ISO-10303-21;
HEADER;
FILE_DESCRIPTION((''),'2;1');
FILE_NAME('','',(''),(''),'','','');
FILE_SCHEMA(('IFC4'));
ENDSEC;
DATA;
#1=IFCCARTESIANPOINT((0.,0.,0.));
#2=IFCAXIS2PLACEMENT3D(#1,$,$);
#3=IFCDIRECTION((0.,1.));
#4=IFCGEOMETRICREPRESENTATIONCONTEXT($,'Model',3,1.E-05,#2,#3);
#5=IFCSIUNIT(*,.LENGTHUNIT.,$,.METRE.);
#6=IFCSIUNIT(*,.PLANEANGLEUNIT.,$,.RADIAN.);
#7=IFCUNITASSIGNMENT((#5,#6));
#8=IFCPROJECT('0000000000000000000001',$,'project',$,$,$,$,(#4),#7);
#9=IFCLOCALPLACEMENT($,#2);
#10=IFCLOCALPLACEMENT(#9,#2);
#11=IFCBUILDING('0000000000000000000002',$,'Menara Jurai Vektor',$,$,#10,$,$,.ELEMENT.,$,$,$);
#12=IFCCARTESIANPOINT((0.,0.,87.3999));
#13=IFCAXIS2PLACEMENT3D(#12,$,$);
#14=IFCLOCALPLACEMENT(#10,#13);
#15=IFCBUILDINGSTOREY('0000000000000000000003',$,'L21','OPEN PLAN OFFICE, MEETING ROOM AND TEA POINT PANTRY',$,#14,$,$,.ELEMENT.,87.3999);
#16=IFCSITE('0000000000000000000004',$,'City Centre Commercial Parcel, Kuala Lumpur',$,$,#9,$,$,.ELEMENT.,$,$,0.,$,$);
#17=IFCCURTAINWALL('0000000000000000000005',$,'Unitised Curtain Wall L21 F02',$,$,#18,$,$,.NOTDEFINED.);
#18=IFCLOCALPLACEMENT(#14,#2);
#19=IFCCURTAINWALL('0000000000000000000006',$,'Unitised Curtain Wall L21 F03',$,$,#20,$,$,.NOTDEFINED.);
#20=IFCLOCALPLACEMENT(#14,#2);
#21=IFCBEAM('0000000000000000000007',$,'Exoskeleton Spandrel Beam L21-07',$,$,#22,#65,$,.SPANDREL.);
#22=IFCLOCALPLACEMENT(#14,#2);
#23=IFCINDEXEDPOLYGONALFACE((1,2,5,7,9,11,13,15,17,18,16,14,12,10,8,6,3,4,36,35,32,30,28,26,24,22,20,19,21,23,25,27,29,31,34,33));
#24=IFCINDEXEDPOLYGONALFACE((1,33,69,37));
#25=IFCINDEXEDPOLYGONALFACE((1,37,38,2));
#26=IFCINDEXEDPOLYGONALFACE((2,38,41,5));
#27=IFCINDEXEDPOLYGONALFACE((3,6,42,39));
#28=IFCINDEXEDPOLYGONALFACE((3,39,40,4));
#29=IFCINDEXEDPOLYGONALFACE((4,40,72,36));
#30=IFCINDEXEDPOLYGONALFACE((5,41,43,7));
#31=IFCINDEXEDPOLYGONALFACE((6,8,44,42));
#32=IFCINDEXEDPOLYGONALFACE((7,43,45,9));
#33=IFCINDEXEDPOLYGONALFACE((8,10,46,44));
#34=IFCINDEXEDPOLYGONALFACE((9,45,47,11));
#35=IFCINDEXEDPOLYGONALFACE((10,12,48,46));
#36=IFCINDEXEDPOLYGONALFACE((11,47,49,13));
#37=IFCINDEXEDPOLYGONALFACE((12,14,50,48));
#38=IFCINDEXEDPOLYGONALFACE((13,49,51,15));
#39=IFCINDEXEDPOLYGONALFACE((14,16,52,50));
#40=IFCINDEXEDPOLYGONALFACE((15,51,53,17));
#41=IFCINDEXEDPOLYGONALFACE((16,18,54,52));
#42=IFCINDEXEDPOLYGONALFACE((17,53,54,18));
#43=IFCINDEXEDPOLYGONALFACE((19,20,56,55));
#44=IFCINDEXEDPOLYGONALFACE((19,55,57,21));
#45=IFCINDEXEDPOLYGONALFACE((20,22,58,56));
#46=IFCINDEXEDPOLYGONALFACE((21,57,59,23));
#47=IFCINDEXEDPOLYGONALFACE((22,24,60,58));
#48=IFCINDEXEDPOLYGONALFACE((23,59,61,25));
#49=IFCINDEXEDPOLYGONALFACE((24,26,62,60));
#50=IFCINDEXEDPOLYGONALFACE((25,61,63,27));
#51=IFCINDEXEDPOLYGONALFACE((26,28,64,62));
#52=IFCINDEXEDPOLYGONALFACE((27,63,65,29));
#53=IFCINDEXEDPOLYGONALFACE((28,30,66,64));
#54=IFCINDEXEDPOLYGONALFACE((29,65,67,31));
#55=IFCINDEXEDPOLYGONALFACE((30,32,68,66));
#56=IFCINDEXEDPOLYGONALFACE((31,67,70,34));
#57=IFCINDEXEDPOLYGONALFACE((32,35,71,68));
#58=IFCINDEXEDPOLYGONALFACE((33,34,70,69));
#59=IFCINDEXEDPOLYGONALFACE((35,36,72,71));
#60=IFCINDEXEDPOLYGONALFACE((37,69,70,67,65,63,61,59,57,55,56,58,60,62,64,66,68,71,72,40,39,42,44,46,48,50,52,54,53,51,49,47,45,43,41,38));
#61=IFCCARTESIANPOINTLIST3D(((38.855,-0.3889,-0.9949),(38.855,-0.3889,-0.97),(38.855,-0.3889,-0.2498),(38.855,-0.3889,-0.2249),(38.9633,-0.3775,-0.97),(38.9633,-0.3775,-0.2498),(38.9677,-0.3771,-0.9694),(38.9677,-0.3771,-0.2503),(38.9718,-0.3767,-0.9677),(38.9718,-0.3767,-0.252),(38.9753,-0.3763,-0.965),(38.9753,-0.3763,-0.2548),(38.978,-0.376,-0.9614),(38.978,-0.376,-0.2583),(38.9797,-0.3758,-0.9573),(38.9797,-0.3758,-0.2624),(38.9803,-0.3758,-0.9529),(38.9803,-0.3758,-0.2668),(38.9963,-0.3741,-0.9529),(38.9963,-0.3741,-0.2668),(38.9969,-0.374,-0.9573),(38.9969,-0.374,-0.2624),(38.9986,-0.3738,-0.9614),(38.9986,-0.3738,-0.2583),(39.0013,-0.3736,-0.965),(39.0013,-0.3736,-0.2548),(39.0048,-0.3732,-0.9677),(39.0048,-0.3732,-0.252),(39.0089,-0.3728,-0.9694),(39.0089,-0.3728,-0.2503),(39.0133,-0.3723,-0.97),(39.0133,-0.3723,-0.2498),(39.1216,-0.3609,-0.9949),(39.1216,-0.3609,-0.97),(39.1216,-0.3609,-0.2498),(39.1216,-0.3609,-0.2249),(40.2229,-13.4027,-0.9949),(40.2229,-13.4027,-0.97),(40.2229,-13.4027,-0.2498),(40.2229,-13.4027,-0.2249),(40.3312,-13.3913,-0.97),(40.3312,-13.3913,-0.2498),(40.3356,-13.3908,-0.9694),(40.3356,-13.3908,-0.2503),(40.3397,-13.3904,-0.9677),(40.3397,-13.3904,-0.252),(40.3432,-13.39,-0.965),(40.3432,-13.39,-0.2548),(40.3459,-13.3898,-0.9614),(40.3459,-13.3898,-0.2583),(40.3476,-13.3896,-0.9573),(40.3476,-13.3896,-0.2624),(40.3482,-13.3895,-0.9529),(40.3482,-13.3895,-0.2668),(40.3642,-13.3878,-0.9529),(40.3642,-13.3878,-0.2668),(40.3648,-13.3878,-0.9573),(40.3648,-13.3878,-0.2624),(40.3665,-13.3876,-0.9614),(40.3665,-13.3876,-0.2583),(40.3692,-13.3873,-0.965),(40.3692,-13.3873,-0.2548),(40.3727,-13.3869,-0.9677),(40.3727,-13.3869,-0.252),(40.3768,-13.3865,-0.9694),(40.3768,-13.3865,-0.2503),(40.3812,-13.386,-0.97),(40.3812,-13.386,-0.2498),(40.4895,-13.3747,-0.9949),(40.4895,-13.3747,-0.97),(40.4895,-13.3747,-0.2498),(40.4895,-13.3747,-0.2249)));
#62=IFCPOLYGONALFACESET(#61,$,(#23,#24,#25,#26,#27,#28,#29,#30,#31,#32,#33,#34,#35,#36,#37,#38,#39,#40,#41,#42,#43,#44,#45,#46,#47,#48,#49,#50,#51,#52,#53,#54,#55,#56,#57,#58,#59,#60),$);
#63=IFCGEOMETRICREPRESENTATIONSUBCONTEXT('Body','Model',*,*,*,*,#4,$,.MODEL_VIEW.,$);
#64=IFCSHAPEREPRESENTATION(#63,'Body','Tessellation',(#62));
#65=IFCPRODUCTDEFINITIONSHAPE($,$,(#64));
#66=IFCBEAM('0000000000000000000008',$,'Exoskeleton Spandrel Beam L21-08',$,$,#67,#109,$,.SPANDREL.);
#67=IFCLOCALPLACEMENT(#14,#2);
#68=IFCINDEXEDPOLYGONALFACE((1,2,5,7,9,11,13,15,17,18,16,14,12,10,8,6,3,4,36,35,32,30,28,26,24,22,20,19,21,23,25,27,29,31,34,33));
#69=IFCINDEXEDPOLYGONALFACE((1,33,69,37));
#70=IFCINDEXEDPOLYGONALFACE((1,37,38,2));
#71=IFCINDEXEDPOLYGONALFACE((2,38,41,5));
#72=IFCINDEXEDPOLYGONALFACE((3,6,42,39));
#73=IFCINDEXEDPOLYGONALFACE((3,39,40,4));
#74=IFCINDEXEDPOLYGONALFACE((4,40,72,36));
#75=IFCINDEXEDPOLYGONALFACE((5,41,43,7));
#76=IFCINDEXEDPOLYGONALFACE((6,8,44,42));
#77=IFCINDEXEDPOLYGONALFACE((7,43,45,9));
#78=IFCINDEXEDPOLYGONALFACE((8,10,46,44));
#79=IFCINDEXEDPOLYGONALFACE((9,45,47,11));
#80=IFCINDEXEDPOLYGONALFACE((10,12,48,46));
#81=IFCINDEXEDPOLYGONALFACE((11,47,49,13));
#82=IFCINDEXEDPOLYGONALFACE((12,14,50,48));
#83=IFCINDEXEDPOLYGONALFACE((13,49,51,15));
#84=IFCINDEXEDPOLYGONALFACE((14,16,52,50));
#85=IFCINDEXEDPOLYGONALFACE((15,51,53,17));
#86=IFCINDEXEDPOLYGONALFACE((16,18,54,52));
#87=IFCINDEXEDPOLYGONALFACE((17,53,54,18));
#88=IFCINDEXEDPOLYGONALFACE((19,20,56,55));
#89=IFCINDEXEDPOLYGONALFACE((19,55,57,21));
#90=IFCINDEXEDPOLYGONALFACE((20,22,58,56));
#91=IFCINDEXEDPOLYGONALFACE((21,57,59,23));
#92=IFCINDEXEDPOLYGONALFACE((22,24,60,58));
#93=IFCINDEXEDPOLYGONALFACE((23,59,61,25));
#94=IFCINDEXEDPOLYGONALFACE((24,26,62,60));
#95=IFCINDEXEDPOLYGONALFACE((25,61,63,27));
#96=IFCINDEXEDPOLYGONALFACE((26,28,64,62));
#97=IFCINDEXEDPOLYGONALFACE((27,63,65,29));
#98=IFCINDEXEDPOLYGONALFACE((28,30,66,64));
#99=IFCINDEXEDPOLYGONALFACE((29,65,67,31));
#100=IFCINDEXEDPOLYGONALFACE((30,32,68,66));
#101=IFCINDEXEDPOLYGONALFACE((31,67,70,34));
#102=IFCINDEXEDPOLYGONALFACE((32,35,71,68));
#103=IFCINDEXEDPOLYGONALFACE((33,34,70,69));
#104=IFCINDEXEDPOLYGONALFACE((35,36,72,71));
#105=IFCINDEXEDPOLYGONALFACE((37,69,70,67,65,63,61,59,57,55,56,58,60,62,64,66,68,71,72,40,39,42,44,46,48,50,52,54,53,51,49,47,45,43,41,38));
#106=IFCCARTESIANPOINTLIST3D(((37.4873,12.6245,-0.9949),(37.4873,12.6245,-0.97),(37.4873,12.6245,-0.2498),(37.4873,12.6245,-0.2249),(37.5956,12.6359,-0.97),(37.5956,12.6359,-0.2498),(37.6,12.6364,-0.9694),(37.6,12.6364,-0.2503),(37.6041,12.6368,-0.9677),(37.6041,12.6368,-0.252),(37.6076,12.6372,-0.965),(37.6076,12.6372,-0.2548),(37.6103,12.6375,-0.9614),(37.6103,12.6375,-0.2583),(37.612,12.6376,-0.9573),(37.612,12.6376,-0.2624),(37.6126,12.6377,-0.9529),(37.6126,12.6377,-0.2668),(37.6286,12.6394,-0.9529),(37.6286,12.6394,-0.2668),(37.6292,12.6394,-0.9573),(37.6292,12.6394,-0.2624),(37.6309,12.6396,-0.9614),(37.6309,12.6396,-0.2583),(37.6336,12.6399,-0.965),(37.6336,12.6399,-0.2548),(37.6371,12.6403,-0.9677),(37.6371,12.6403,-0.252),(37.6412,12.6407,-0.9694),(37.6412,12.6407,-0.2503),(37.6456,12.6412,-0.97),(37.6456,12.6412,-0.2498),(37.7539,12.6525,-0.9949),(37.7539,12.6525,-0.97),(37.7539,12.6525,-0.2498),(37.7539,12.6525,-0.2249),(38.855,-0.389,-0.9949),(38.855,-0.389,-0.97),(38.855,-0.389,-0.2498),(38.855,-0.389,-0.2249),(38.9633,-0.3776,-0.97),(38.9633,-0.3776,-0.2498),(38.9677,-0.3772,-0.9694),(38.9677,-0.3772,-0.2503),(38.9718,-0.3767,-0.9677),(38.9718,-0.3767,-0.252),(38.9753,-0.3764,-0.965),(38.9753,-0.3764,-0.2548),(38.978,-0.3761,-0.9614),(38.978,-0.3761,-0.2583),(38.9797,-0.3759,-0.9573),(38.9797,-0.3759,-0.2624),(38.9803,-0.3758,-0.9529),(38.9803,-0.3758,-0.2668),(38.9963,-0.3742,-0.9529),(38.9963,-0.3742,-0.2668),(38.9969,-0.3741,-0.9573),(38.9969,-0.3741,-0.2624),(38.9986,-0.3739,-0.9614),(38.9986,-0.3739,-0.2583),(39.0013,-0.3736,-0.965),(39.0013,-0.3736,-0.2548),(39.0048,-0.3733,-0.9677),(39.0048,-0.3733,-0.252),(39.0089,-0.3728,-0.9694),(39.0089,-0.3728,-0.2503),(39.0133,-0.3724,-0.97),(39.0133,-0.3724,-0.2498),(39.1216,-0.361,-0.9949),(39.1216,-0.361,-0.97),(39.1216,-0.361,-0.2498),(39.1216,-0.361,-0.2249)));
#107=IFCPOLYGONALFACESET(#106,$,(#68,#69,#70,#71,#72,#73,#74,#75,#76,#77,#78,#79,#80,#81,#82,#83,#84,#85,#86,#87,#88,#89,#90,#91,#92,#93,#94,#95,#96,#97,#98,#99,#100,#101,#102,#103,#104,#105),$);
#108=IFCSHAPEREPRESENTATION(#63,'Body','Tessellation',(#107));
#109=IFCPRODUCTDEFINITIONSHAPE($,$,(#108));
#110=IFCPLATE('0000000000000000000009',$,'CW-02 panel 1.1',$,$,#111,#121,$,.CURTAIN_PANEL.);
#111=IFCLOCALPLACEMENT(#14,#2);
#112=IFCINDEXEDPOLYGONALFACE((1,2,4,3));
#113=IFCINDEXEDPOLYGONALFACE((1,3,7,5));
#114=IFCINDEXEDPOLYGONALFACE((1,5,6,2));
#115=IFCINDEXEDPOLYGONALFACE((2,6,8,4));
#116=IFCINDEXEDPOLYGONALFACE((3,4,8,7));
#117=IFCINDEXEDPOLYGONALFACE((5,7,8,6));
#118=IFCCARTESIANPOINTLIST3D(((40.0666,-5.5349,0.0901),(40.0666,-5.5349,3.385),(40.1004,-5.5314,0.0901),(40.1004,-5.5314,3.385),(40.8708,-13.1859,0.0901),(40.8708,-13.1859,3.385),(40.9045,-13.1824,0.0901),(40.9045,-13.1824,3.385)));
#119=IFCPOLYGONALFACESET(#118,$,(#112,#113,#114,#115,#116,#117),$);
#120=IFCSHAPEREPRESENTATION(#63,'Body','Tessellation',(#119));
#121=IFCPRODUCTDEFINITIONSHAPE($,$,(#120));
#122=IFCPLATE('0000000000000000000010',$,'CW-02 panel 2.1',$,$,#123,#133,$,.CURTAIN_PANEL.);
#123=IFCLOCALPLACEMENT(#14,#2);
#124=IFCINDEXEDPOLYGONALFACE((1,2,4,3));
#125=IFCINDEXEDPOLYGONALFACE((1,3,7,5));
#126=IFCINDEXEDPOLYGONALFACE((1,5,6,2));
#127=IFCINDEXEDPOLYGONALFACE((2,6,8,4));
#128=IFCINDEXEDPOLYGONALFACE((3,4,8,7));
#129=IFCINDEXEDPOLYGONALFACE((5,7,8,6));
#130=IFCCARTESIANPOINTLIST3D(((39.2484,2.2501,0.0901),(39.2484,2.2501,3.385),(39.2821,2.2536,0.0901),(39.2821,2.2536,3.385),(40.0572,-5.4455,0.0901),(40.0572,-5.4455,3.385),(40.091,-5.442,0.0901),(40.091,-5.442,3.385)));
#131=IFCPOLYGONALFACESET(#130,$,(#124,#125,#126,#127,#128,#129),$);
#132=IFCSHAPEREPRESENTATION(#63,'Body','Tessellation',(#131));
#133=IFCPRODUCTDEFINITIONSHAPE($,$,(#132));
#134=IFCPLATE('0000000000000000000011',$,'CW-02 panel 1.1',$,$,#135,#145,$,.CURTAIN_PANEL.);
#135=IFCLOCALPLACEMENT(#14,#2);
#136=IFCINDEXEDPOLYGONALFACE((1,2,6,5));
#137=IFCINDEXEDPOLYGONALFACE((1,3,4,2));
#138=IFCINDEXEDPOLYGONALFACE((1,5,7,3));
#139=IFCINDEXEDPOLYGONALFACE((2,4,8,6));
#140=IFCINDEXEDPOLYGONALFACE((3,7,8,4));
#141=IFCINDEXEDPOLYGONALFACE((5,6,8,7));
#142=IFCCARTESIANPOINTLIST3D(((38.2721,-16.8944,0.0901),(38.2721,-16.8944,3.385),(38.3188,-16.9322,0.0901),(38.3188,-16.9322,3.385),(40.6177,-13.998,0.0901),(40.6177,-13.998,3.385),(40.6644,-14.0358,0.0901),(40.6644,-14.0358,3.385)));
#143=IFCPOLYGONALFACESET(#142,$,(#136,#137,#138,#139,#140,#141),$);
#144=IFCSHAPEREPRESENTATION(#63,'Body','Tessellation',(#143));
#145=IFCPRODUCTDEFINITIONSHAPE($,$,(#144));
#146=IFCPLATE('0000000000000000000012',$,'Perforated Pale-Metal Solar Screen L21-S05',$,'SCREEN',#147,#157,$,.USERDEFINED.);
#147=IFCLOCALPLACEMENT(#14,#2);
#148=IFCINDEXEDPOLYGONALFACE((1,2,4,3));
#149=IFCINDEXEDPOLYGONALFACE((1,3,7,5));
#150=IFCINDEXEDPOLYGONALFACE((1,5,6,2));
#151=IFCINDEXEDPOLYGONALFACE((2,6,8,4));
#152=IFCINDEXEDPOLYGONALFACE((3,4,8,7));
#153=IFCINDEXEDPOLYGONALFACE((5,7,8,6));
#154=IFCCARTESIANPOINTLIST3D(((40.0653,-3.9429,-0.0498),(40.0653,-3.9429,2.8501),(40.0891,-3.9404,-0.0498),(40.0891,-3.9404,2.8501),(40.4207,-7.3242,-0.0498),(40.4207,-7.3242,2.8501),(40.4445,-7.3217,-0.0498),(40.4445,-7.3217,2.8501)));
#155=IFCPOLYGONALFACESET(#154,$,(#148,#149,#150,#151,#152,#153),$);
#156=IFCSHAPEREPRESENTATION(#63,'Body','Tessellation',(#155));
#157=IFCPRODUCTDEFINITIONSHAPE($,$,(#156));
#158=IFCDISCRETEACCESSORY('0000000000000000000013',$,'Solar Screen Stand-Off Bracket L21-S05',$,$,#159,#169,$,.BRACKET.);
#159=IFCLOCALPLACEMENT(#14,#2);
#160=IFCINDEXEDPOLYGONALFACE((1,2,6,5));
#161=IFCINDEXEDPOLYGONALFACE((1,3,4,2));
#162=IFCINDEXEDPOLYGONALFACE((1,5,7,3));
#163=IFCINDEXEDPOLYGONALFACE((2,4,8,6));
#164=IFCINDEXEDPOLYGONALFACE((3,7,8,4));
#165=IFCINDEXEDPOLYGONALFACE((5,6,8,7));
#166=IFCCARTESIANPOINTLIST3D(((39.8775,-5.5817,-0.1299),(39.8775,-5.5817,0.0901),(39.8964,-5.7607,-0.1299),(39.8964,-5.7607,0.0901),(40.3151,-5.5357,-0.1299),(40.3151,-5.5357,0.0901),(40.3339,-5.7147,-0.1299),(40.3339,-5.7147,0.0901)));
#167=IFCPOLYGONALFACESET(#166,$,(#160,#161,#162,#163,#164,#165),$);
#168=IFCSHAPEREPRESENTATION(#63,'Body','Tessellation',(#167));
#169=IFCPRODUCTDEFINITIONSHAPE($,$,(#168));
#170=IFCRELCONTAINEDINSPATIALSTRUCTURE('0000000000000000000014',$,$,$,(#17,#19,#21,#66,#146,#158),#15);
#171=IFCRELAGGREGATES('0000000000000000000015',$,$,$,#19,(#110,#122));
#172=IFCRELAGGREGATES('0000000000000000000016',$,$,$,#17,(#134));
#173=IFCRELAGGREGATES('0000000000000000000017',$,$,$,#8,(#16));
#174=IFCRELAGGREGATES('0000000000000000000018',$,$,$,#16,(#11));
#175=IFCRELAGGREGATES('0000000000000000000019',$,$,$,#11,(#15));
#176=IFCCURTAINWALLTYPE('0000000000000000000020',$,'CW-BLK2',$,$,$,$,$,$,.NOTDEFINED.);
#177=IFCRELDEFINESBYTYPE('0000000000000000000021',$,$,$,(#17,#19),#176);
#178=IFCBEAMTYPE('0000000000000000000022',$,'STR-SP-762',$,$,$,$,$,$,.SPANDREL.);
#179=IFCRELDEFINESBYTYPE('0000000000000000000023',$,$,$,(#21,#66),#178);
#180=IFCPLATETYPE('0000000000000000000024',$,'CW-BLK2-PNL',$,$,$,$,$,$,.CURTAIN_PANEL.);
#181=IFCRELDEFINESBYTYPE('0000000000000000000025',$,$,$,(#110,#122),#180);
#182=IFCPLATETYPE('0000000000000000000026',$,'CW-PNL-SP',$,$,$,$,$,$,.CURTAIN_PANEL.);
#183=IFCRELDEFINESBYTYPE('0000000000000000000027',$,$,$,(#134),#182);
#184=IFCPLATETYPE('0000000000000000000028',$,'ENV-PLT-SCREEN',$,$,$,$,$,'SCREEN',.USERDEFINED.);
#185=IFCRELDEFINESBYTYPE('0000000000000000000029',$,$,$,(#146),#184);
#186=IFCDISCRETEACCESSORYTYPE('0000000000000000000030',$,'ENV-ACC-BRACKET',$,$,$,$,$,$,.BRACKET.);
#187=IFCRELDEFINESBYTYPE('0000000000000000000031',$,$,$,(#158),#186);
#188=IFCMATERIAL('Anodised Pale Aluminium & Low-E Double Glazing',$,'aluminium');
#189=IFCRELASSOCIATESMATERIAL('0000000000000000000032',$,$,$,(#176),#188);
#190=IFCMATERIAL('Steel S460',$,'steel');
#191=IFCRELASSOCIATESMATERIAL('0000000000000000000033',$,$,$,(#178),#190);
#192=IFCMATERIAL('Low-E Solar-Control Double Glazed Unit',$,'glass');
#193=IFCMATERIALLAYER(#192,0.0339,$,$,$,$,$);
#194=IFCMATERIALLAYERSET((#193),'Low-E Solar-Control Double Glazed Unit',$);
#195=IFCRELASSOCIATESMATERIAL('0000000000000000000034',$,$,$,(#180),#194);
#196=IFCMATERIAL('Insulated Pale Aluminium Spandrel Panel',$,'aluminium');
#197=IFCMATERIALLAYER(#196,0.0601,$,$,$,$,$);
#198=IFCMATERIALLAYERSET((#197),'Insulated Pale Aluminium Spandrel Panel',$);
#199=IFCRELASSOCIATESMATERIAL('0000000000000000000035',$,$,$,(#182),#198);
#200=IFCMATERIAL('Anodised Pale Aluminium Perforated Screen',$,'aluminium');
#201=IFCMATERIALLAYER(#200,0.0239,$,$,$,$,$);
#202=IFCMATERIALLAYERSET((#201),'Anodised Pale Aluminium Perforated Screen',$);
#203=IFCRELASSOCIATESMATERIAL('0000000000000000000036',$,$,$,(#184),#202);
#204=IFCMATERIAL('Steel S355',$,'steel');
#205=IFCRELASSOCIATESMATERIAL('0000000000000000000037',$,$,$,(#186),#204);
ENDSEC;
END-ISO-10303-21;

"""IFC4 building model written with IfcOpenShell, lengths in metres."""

from ifc_helpers import new_model, si_unit, direction, frame, origin, origin_2d, place, context, subcontext, project, spatial, rectangle, i_section, extrude, material, layer, layer_set, material_profile, profile_set, type_object, element, aggregate, save


model = new_model("IFC4")

# Units and contexts
model_context = context("Model", 3, precision=1e-05, world=origin(), true_north=direction((0.0, 1.0)))
body_context = subcontext(model_context, "Body", "Model", "MODEL_VIEW")
ifc_project = project(units=[si_unit("LENGTHUNIT", "METRE"), si_unit("PLANEANGLEUNIT", "RADIAN")], contexts=[model_context])

# Site, building, storey
site_placement = place(None, origin())
site = spatial("IfcSite", under=ifc_project, at=site_placement, Name="City Centre Commercial Parcel, Kuala Lumpur", CompositionType="ELEMENT", RefElevation=0.0)
building_placement = place(site_placement, origin())
building = spatial("IfcBuilding", under=site, at=building_placement, Name="Menara Jurai Vektor", CompositionType="ELEMENT")
storey_placement = place(building_placement, frame((0.0, 0.0, 87.3999)))
storey = spatial("IfcBuildingStorey", under=building, at=storey_placement, Name="L21", Description="OPEN PLAN OFFICE, MEETING ROOM AND TEA POINT PANTRY", CompositionType="ELEMENT", Elevation=87.3999)

# Shared definitions
ifc_material_1 = material(Name="Steel S460", Category="steel")

# Curtain walls
ifc_material_2 = material(Name="Anodised Pale Aluminium & Low-E Double Glazing", Category="aluminium")
curtain_wall_type = type_object("IfcCurtainWallType", Name="CW-BLK2", PredefinedType="NOTDEFINED", material=ifc_material_2)
curtain_wall_1_placement = place(storey_placement, origin())
curtain_wall_1 = element("IfcCurtainWall", 1, at=curtain_wall_1_placement, inside=storey, type_object=curtain_wall_type, Name="Unitised Curtain Wall L21 F02", PredefinedType="NOTDEFINED")
curtain_wall_2_placement = place(storey_placement, origin())
curtain_wall_2 = element("IfcCurtainWall", 2, at=curtain_wall_2_placement, inside=storey, type_object=curtain_wall_type, Name="Unitised Curtain Wall L21 F03", PredefinedType="NOTDEFINED")

# Beams
ifc_material_3 = material(Name="Steel S355", Category="steel")
ifc_material_profile_1 = material_profile(ifc_material_1, i_section(OverallWidth=0.2681, OverallDepth=0.77, WebThickness=0.0161, FlangeThickness=0.0249, FilletRadius=0.0171, at=origin_2d()), Name="UKB 762x267x197")
ifc_profile_set_1 = profile_set([ifc_material_profile_1], Name="Steel S460")
beam_type_1 = type_object("IfcBeamType", Name="STR-SP-762", PredefinedType="SPANDREL", material=ifc_profile_set_1)
beam_1_placement = place(storey_placement, frame((40.3562, -13.3887, -0.6099), z_axis=(-0.104538, 0.994521, 0.0), x_axis=(-0.994521, -0.104538, 0.0)))
element("IfcBeam", 3, at=beam_1_placement, inside=storey, type_object=beam_type_1, Name="Exoskeleton Spandrel Beam L21-07", PredefinedType="SPANDREL", context=body_context, shape_type="SweptSolid", body=[
    extrude(i_section(OverallWidth=0.2681, OverallDepth=0.77, WebThickness=0.0161, FlangeThickness=0.0249, FilletRadius=0.0171, at=origin_2d()), origin(), (0.0, 0.0, 1.0), 13.0854),
])
beam_2_placement = place(storey_placement, frame((38.9883, -0.375, -0.6099), z_axis=(-0.104522, 0.994523, 0.0), x_axis=(-0.994523, -0.104522, 0.0)))
element("IfcBeam", 4, at=beam_2_placement, inside=storey, type_object=beam_type_1, Name="Exoskeleton Spandrel Beam L21-08", PredefinedType="SPANDREL", context=body_context, shape_type="SweptSolid", body=[
    extrude(i_section(OverallWidth=0.2681, OverallDepth=0.77, WebThickness=0.0161, FlangeThickness=0.0249, FilletRadius=0.0171, at=origin_2d()), origin(), (0.0, 0.0, 1.0), 13.0852),
])

# Plates
ifc_material_4 = material(Name="Low-E Solar-Control Double Glazed Unit", Category="glass")
ifc_layer_1 = layer(ifc_material_4, 0.0339)
ifc_layer_set_1 = layer_set([ifc_layer_1], Name="Low-E Solar-Control Double Glazed Unit")
plate_type_1 = type_object("IfcPlateType", Name="CW-BLK2-PNL", PredefinedType="CURTAIN_PANEL", material=ifc_layer_set_1)
plate_1_placement = place(storey_placement, frame((40.4856, -9.3586, 0.0901), z_axis=(0.0, 0.0, 1.0), x_axis=(-0.10453, 0.994522, 0.0)))
plate_1 = element("IfcPlate", 5, at=plate_1_placement, type_object=plate_type_1, Name="CW-02 panel 1.1", PredefinedType="CURTAIN_PANEL", context=body_context, shape_type="SweptSolid", body=[
    extrude(rectangle(XDim=7.6931, YDim=0.0339, at=origin_2d()), origin(), (0.0, 0.0, 1.0), 3.2949),
])
plate_2_placement = place(storey_placement, frame((39.6697, -1.5959, 0.0901), z_axis=(0.0, 0.0, 1.0), x_axis=(-0.10453, 0.994522, 0.0)))
plate_2 = element("IfcPlate", 6, at=plate_2_placement, type_object=plate_type_1, Name="CW-02 panel 2.1", PredefinedType="CURTAIN_PANEL", context=body_context, shape_type="SweptSolid", body=[
    extrude(rectangle(XDim=7.738, YDim=0.0339, at=origin_2d()), origin(), (0.0, 0.0, 1.0), 3.2949),
])
aggregate(curtain_wall_2, [plate_1, plate_2])
ifc_material_5 = material(Name="Insulated Pale Aluminium Spandrel Panel", Category="aluminium")
ifc_layer_2 = layer(ifc_material_5, 0.0601)
ifc_layer_set_2 = layer_set([ifc_layer_2], Name="Insulated Pale Aluminium Spandrel Panel")
plate_type_2 = type_object("IfcPlateType", Name="CW-PNL-SP", PredefinedType="CURTAIN_PANEL", material=ifc_layer_set_2)
plate_3_placement = place(storey_placement, frame((39.4683, -15.4651, 0.0901), z_axis=(0.0, 0.0, 1.0), x_axis=(0.629341, 0.777129, 0.0)))
plate_3 = element("IfcPlate", 7, at=plate_3_placement, type_object=plate_type_2, Name="CW-02 panel 1.1", PredefinedType="CURTAIN_PANEL", context=body_context, shape_type="SweptSolid", body=[
    extrude(rectangle(XDim=3.7271, YDim=0.0601, at=origin_2d()), origin(), (0.0, 0.0, 1.0), 3.2949),
])
aggregate(curtain_wall_1, [plate_3])
ifc_material_6 = material(Name="Anodised Pale Aluminium Perforated Screen", Category="aluminium")
ifc_layer_3 = layer(ifc_material_6, 0.0239)
ifc_layer_set_3 = layer_set([ifc_layer_3], Name="Anodised Pale Aluminium Perforated Screen")
plate_type_3 = type_object("IfcPlateType", Name="ENV-PLT-SCREEN", ElementType="SCREEN", PredefinedType="USERDEFINED", material=ifc_layer_set_3)
plate_4_placement = place(storey_placement, frame((40.2549, -5.6323, -0.0498), z_axis=(0.0, 0.0, 1.0), x_axis=(-0.104528, 0.994522, 0.0)))
element("IfcPlate", 8, at=plate_4_placement, inside=storey, type_object=plate_type_3, Name="Perforated Pale-Metal Solar Screen L21-S05", ObjectType="SCREEN", PredefinedType="USERDEFINED", context=body_context, shape_type="SweptSolid", body=[
    extrude(rectangle(XDim=3.3999, YDim=0.0239, at=origin_2d()), origin(), (0.0, 0.0, 1.0), 2.8999),
])

# Discrete accessory
discrete_accessory_type = type_object("IfcDiscreteAccessoryType", Name="ENV-ACC-BRACKET", PredefinedType="BRACKET", material=ifc_material_3)
discrete_accessory_placement = place(storey_placement, frame((40.1057, -5.6482, -0.1299), z_axis=(0.0, 0.0, 1.0), x_axis=(-0.104528, 0.994522, 0.0)))
element("IfcDiscreteAccessory", 9, at=discrete_accessory_placement, inside=storey, type_object=discrete_accessory_type, Name="Solar Screen Stand-Off Bracket L21-S05", PredefinedType="BRACKET", context=body_context, shape_type="SweptSolid", body=[
    extrude(rectangle(XDim=0.1799, YDim=0.4399, at=origin_2d()), origin(), (0.0, 0.0, 1.0), 0.22),
])

save(model, "model.ifc")
